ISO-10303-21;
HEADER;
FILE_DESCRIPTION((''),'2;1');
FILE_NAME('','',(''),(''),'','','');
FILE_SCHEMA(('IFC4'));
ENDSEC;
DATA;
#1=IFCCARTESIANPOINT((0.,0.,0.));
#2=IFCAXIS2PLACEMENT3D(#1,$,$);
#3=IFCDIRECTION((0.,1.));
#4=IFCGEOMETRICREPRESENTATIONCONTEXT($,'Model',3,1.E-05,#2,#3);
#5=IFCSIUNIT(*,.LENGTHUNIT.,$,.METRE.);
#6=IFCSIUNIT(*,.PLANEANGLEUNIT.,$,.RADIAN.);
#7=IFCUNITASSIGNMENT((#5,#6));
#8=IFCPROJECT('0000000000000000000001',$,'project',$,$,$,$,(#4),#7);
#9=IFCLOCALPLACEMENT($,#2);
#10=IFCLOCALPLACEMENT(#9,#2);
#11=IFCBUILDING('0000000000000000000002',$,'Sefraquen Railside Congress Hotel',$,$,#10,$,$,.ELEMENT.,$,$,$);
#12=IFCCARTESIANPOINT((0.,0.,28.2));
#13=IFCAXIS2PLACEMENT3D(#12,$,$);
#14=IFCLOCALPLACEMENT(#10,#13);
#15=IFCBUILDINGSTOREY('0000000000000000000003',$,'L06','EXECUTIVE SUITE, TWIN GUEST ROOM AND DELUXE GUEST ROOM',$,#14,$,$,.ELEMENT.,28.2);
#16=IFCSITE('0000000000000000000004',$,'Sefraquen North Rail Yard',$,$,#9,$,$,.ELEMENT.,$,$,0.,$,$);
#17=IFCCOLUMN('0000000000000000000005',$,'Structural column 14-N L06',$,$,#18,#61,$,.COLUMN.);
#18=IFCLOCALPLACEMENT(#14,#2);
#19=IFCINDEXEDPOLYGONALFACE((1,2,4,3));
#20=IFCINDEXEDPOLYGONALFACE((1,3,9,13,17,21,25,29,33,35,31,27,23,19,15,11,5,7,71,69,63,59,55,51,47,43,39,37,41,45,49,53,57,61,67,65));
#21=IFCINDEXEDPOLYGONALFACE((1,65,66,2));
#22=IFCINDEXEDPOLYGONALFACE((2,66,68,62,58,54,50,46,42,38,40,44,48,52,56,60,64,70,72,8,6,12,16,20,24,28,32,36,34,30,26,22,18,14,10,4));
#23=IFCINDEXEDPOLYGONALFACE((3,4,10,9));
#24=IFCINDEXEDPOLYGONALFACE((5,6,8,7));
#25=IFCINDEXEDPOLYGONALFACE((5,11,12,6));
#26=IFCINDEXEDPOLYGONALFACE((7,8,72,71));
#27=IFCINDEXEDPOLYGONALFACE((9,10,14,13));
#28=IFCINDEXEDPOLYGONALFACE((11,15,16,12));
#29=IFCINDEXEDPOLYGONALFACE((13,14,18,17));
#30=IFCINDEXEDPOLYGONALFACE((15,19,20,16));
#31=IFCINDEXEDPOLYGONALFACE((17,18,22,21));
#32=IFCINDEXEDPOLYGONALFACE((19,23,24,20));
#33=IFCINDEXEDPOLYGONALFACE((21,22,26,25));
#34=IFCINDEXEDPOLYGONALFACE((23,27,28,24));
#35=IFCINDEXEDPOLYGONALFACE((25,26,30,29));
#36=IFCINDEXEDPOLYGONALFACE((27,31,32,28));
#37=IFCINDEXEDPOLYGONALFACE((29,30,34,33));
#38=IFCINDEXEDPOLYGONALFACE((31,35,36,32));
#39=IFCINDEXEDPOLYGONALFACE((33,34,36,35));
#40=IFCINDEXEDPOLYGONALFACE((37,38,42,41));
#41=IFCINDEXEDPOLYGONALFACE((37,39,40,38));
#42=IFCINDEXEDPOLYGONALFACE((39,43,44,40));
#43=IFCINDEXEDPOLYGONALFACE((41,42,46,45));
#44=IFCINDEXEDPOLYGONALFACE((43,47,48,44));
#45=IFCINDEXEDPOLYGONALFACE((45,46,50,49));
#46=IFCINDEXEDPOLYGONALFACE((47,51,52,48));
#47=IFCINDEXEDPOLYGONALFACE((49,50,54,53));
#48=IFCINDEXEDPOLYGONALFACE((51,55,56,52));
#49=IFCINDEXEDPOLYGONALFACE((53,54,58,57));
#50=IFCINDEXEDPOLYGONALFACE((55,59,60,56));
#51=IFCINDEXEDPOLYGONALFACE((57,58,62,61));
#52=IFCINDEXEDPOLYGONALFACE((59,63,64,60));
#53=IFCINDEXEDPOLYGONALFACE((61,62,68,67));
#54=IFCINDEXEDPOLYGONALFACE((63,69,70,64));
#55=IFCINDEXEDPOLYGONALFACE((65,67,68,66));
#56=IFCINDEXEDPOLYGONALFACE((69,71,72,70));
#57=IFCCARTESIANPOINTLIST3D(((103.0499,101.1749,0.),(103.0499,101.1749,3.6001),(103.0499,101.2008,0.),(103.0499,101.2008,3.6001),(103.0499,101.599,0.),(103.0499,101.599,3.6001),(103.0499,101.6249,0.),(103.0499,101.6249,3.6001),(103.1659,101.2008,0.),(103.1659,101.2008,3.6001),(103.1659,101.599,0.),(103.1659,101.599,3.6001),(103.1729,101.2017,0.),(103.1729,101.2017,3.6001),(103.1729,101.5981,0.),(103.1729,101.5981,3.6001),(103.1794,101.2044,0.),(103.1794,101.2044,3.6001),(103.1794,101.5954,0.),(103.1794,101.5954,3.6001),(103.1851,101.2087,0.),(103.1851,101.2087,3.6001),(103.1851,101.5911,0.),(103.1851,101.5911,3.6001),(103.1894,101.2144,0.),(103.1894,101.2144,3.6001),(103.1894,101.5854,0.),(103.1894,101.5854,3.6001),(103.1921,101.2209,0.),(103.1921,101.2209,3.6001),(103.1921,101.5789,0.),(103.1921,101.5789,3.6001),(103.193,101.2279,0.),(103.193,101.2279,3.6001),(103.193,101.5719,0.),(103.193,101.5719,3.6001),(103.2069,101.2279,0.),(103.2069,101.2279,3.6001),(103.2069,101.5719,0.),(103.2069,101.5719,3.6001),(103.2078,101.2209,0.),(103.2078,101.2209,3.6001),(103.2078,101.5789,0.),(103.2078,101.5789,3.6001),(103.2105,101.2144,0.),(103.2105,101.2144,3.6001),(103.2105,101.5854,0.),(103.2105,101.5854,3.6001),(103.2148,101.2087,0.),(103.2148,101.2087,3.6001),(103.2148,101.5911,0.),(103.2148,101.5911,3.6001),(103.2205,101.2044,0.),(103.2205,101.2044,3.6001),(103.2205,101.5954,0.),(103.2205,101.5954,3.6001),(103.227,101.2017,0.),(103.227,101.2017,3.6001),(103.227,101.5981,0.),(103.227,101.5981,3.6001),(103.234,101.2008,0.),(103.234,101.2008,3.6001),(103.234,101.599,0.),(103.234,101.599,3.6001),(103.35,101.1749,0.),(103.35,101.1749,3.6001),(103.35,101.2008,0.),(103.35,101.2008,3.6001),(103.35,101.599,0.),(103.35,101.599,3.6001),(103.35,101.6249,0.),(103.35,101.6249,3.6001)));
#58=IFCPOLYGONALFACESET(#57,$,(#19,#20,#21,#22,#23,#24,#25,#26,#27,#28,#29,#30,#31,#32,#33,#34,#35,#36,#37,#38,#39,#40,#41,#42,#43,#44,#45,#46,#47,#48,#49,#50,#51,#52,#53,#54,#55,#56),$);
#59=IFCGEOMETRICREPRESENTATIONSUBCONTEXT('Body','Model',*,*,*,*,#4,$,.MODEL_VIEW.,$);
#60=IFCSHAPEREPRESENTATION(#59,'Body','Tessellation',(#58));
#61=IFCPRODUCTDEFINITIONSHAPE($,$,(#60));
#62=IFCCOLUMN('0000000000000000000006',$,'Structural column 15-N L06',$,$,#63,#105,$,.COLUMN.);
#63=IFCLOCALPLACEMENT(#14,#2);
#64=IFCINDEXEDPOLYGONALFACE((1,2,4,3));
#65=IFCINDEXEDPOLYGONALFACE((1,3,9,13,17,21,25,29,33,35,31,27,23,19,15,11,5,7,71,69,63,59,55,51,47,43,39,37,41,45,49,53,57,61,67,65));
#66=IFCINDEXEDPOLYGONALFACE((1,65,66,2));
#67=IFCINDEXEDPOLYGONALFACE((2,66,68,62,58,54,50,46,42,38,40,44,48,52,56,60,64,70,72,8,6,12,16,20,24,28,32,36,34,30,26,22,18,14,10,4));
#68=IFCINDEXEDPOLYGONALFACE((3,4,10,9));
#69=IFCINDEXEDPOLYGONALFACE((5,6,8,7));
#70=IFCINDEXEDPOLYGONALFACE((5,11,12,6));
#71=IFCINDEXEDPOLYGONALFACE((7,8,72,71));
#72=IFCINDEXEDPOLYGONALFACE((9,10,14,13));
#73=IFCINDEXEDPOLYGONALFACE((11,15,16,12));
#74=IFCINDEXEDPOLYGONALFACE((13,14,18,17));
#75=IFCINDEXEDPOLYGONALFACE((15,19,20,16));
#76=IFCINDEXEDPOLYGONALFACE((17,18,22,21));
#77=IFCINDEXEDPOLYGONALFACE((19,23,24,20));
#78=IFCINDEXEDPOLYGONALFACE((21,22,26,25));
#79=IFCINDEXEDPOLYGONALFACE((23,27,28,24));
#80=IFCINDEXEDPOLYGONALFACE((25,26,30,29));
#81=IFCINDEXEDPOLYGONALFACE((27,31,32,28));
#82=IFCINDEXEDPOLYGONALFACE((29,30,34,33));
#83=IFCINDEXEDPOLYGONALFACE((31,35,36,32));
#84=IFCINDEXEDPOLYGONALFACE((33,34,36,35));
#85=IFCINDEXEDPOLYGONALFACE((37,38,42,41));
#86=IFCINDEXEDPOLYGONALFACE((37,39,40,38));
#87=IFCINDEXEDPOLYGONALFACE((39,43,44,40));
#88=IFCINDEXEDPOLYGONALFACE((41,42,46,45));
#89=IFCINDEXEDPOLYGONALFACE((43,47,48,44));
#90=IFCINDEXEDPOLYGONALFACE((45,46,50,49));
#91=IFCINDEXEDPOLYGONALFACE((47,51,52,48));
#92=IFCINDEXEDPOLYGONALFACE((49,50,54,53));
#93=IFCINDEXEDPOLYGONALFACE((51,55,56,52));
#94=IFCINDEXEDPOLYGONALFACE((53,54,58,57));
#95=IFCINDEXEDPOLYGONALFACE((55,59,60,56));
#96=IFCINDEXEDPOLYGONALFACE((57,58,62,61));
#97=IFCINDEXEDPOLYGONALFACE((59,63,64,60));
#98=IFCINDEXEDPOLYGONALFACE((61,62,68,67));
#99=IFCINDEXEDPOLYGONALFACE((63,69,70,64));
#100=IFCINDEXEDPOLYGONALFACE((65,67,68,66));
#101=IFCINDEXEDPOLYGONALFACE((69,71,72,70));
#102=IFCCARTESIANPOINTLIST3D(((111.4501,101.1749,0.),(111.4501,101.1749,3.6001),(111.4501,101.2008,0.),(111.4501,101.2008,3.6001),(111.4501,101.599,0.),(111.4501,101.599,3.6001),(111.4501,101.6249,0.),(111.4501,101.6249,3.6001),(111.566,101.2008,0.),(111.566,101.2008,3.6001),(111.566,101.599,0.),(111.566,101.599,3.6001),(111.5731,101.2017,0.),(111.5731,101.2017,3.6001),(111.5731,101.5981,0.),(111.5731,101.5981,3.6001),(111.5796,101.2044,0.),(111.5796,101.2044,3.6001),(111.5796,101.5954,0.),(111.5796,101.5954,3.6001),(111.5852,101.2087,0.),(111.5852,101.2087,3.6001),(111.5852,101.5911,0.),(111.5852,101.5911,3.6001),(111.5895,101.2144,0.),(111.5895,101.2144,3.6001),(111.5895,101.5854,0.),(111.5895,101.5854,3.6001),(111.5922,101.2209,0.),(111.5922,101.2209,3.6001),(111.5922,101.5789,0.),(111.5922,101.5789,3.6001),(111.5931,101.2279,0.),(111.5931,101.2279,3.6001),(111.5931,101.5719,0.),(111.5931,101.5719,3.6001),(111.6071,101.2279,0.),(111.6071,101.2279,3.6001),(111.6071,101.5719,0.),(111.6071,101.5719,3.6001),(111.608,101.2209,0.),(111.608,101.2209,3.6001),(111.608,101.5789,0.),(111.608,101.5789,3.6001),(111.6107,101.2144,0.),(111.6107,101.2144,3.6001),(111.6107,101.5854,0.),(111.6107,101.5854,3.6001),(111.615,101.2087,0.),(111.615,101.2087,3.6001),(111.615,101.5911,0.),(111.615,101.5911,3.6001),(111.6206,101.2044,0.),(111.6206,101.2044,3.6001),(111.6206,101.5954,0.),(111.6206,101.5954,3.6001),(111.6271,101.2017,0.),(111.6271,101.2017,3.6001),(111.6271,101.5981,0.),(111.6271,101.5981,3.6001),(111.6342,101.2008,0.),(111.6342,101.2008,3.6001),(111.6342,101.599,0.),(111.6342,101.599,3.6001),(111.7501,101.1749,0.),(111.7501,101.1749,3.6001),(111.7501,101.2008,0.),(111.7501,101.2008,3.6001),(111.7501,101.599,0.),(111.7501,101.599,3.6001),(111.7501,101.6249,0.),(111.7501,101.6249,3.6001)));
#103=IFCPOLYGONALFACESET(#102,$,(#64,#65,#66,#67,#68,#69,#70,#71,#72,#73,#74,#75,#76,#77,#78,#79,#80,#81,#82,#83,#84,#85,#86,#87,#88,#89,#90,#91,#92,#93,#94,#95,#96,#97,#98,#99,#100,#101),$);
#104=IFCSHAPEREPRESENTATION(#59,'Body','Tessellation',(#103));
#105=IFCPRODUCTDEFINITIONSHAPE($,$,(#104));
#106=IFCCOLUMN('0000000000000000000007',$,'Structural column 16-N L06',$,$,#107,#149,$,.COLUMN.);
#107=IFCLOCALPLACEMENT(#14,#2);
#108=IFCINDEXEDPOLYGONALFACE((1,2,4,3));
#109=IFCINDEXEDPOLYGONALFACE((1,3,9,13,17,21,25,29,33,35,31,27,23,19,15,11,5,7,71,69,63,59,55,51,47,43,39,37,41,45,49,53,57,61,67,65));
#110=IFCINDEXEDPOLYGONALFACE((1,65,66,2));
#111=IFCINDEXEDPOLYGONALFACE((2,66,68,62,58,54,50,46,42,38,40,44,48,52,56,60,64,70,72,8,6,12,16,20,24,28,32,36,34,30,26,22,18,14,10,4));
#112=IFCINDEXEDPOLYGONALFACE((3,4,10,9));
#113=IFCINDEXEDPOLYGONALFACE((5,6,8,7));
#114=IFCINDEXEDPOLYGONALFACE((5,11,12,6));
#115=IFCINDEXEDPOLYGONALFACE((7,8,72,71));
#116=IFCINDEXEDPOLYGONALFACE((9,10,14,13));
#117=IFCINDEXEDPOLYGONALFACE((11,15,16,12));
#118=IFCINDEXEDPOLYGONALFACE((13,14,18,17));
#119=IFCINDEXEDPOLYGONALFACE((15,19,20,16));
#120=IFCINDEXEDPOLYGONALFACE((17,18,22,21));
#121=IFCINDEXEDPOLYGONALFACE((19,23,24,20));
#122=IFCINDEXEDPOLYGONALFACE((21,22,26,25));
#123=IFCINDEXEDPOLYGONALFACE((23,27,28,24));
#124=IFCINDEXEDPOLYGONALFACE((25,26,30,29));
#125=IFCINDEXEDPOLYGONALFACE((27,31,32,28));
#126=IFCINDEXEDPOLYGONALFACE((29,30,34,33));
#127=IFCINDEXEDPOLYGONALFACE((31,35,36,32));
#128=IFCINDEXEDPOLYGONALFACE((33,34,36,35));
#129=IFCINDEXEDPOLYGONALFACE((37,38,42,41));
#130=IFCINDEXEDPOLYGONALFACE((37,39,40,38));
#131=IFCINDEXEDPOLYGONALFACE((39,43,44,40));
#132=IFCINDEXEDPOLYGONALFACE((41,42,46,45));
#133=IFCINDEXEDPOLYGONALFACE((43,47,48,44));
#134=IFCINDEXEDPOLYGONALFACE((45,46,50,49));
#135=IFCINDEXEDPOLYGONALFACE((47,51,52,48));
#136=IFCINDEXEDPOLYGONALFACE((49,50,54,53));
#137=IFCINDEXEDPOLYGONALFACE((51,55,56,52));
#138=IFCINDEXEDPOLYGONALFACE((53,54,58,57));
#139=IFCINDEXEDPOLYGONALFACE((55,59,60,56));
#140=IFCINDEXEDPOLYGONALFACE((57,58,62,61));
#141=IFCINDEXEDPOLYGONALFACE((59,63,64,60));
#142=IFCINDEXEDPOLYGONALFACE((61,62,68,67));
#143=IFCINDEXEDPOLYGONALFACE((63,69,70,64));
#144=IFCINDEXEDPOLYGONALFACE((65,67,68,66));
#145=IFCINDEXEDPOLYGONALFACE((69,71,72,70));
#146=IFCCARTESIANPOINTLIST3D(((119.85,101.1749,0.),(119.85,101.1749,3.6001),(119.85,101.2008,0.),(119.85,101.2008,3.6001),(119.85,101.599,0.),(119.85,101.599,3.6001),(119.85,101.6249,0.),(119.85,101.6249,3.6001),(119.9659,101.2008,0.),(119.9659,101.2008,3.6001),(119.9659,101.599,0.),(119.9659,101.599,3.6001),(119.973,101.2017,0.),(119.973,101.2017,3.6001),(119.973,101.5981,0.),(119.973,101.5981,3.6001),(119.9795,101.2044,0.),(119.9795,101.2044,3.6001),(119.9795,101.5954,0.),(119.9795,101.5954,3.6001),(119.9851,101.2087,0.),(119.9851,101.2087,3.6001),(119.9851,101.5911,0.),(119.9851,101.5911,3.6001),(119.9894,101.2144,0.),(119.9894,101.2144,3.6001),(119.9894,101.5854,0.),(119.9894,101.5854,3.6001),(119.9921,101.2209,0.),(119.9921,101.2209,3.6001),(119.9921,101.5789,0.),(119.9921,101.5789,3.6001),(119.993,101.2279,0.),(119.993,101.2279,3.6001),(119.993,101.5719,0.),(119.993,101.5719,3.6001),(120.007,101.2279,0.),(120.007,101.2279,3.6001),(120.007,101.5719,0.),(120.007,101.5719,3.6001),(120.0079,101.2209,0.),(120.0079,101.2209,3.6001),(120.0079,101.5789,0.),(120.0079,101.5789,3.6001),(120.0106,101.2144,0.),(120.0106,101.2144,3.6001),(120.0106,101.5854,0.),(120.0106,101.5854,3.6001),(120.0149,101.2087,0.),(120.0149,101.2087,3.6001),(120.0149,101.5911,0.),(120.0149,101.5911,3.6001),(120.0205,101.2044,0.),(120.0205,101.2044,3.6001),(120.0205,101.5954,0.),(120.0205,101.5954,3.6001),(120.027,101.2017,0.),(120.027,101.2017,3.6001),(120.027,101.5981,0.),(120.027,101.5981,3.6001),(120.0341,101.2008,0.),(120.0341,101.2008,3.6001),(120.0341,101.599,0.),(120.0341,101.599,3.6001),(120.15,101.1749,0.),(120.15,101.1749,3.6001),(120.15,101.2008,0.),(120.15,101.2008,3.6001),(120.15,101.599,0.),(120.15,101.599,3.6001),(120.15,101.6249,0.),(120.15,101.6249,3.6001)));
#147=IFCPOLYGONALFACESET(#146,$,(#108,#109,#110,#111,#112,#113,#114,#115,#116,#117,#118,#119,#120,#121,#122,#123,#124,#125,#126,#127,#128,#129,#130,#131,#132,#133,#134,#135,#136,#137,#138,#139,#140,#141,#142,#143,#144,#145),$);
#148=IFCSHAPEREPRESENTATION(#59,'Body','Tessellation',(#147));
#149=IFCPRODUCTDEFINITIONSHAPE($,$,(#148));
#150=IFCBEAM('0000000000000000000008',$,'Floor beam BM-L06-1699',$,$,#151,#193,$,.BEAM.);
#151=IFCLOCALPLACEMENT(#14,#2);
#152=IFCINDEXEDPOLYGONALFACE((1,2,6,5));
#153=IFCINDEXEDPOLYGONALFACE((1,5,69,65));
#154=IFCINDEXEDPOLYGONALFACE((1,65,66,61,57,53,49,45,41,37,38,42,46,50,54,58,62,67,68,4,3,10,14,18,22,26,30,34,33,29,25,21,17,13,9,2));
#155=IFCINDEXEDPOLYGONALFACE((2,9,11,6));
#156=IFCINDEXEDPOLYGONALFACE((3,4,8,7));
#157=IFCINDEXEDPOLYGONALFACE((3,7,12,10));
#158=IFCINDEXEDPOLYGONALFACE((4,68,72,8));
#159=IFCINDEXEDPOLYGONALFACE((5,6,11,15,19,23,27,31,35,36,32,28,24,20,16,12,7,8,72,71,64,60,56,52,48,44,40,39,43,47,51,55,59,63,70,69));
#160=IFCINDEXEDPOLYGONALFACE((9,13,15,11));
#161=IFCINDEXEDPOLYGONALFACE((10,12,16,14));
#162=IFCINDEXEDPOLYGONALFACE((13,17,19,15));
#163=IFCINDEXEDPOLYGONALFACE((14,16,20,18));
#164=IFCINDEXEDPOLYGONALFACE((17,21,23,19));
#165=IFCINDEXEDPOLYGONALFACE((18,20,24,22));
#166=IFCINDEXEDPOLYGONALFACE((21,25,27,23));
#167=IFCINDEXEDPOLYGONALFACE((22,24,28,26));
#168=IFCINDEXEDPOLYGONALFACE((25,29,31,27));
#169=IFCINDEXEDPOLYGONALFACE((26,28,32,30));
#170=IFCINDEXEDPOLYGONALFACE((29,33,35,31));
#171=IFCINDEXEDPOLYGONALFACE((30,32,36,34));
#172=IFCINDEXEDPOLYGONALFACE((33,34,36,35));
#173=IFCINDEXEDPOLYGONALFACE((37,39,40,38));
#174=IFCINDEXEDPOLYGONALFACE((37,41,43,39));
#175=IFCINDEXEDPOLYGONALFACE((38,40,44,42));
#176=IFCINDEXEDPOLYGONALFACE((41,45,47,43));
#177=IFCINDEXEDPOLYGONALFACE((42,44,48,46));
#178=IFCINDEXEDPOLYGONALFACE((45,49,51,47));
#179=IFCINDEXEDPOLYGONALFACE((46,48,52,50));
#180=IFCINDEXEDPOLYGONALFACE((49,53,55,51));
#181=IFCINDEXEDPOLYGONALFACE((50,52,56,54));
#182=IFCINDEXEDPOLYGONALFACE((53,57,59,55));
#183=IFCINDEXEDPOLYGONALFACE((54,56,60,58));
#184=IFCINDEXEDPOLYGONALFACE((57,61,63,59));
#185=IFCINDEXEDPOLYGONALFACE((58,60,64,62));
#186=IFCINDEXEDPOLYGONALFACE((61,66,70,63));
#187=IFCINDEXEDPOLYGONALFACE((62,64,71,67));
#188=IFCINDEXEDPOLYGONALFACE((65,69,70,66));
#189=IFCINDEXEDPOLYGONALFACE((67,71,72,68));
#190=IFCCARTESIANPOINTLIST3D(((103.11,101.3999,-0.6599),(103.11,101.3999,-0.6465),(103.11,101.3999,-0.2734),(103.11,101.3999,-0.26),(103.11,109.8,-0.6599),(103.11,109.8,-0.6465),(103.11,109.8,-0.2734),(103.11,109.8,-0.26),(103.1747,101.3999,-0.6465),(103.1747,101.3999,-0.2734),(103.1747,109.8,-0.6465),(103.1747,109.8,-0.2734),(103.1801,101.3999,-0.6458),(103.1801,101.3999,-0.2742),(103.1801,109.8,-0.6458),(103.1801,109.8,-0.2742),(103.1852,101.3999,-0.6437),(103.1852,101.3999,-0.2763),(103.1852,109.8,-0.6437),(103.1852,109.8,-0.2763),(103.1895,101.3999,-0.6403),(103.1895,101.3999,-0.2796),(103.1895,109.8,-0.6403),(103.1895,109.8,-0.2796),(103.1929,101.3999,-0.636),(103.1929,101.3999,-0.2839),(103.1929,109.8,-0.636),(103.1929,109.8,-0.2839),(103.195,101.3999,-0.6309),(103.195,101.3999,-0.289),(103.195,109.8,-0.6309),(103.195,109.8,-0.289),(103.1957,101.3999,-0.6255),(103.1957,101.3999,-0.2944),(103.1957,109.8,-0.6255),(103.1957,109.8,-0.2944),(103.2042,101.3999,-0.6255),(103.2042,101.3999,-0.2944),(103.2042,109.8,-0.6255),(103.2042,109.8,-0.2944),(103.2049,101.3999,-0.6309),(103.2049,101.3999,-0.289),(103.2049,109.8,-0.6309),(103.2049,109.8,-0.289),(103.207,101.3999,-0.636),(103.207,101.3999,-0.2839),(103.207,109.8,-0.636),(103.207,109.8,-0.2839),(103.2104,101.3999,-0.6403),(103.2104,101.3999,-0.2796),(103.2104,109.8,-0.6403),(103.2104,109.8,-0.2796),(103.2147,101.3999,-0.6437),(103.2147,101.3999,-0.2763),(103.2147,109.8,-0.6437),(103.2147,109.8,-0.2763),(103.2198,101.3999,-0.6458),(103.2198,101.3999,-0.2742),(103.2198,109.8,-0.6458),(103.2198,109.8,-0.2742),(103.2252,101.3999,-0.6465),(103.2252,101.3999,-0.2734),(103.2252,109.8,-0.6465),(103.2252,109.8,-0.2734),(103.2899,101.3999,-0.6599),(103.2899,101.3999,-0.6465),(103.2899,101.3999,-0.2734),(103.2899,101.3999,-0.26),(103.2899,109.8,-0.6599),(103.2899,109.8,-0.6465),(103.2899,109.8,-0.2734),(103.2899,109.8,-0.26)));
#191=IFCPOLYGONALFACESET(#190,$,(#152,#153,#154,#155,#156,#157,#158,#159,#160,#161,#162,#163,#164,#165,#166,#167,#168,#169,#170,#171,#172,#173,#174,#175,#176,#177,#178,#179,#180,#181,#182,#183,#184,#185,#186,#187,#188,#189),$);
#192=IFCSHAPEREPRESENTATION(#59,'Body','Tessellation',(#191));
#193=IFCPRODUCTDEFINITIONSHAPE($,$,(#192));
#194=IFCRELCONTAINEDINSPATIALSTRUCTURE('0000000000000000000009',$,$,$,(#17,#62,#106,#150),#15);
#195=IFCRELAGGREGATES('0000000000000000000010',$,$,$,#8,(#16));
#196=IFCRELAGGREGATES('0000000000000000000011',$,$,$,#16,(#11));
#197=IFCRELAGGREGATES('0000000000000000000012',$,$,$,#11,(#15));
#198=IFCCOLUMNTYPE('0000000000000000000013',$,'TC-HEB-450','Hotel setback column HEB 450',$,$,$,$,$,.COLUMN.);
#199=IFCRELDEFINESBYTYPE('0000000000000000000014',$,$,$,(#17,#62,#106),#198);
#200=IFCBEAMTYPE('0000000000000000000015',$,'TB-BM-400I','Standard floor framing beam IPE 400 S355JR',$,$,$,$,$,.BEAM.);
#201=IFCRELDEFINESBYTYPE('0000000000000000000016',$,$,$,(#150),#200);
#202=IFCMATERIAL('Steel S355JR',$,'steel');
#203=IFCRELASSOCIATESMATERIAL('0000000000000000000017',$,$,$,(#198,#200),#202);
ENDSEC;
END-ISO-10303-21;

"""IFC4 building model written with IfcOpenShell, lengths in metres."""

from ifc_helpers import new_model, si_unit, direction, frame, origin, origin_2d, place, context, subcontext, project, spatial, i_section, extrude, material, material_profile, profile_set, type_object, element, save


model = new_model("IFC4")

# Units and contexts
model_context = context("Model", 3, precision=1e-05, world=origin(), true_north=direction((0.0, 1.0)))
body_context = subcontext(model_context, "Body", "Model", "MODEL_VIEW")
ifc_project = project(units=[si_unit("LENGTHUNIT", "METRE"), si_unit("PLANEANGLEUNIT", "RADIAN")], contexts=[model_context])

# Site, building, storey
site_placement = place(None, origin())
site = spatial("IfcSite", under=ifc_project, at=site_placement, Name="Sefraquen North Rail Yard", CompositionType="ELEMENT", RefElevation=0.0)
building_placement = place(site_placement, origin())
building = spatial("IfcBuilding", under=site, at=building_placement, Name="Sefraquen Railside Congress Hotel", CompositionType="ELEMENT")
storey_placement = place(building_placement, frame((0.0, 0.0, 28.2)))
storey = spatial("IfcBuildingStorey", under=building, at=storey_placement, Name="L06", Description="EXECUTIVE SUITE, TWIN GUEST ROOM AND DELUXE GUEST ROOM", CompositionType="ELEMENT", Elevation=28.2)

# Columns
ifc_material_1 = material(Name="Steel S355JR", Category="steel")
ifc_material_profile_1 = material_profile(ifc_material_1, i_section(OverallWidth=0.3, OverallDepth=0.45, WebThickness=0.0139, FlangeThickness=0.0259, FilletRadius=0.0271, at=origin_2d()), Name="HEB 450")
ifc_profile_set_1 = profile_set([ifc_material_profile_1], Name="Steel S355JR")
column_type = type_object("IfcColumnType", Name="TC-HEB-450", Description="Hotel setback column HEB 450", PredefinedType="COLUMN", material=ifc_profile_set_1)
for number, where, z_axis, x_axis, name in (
    (1, (103.2, 101.3999, 0.0), (0.0, 0.0, 1.0), (1.0, 0.0, 0.0), "Structural column 14-N L06"),
    (2, (111.6001, 101.3999, 0.0), (0.0, 0.0, 1.0), (1.0, 0.0, 0.0), "Structural column 15-N L06"),
    (3, (120.0, 101.3999, 0.0), (0.0, 0.0, 1.0), (1.0, 0.0, 0.0), "Structural column 16-N L06"),
):
    element("IfcColumn", number, at=place(storey_placement, frame(where, z_axis=z_axis, x_axis=x_axis)), inside=storey, type_object=column_type, Name=name, PredefinedType="COLUMN", context=body_context, shape_type="SweptSolid", body=[
        extrude(i_section(OverallWidth=0.3, OverallDepth=0.45, WebThickness=0.0139, FlangeThickness=0.0259, FilletRadius=0.0271, at=origin_2d()), origin(), (0.0, 0.0, 1.0), 3.6001),
    ])

# Beam
ifc_material_profile_2 = material_profile(ifc_material_1, i_section(OverallWidth=0.1799, OverallDepth=0.3999, WebThickness=0.0085, FlangeThickness=0.0134, FilletRadius=0.021, at=origin_2d()), Name="IPE 400")
ifc_profile_set_2 = profile_set([ifc_material_profile_2], Name="Steel S355JR")
beam_type_1 = type_object("IfcBeamType", Name="TB-BM-400I", Description="Standard floor framing beam IPE 400 S355JR", PredefinedType="BEAM", material=ifc_profile_set_2)
for number, where, z_axis, x_axis, name in (
    (4, (103.2, 101.3999, -0.46), (0.0, 1.0, 0.0), (-1.0, 0.0, 0.0), "Floor beam BM-L06-1699"),
):
    element("IfcBeam", number, at=place(storey_placement, frame(where, z_axis=z_axis, x_axis=x_axis)), inside=storey, type_object=beam_type_1, Name=name, PredefinedType="BEAM", context=body_context, shape_type="SweptSolid", body=[
        extrude(i_section(OverallWidth=0.1799, OverallDepth=0.3999, WebThickness=0.0085, FlangeThickness=0.0134, FilletRadius=0.021, at=origin_2d()), origin(), (0.0, 0.0, 1.0), 8.4001),
    ])

save(model, "model.ifc")
